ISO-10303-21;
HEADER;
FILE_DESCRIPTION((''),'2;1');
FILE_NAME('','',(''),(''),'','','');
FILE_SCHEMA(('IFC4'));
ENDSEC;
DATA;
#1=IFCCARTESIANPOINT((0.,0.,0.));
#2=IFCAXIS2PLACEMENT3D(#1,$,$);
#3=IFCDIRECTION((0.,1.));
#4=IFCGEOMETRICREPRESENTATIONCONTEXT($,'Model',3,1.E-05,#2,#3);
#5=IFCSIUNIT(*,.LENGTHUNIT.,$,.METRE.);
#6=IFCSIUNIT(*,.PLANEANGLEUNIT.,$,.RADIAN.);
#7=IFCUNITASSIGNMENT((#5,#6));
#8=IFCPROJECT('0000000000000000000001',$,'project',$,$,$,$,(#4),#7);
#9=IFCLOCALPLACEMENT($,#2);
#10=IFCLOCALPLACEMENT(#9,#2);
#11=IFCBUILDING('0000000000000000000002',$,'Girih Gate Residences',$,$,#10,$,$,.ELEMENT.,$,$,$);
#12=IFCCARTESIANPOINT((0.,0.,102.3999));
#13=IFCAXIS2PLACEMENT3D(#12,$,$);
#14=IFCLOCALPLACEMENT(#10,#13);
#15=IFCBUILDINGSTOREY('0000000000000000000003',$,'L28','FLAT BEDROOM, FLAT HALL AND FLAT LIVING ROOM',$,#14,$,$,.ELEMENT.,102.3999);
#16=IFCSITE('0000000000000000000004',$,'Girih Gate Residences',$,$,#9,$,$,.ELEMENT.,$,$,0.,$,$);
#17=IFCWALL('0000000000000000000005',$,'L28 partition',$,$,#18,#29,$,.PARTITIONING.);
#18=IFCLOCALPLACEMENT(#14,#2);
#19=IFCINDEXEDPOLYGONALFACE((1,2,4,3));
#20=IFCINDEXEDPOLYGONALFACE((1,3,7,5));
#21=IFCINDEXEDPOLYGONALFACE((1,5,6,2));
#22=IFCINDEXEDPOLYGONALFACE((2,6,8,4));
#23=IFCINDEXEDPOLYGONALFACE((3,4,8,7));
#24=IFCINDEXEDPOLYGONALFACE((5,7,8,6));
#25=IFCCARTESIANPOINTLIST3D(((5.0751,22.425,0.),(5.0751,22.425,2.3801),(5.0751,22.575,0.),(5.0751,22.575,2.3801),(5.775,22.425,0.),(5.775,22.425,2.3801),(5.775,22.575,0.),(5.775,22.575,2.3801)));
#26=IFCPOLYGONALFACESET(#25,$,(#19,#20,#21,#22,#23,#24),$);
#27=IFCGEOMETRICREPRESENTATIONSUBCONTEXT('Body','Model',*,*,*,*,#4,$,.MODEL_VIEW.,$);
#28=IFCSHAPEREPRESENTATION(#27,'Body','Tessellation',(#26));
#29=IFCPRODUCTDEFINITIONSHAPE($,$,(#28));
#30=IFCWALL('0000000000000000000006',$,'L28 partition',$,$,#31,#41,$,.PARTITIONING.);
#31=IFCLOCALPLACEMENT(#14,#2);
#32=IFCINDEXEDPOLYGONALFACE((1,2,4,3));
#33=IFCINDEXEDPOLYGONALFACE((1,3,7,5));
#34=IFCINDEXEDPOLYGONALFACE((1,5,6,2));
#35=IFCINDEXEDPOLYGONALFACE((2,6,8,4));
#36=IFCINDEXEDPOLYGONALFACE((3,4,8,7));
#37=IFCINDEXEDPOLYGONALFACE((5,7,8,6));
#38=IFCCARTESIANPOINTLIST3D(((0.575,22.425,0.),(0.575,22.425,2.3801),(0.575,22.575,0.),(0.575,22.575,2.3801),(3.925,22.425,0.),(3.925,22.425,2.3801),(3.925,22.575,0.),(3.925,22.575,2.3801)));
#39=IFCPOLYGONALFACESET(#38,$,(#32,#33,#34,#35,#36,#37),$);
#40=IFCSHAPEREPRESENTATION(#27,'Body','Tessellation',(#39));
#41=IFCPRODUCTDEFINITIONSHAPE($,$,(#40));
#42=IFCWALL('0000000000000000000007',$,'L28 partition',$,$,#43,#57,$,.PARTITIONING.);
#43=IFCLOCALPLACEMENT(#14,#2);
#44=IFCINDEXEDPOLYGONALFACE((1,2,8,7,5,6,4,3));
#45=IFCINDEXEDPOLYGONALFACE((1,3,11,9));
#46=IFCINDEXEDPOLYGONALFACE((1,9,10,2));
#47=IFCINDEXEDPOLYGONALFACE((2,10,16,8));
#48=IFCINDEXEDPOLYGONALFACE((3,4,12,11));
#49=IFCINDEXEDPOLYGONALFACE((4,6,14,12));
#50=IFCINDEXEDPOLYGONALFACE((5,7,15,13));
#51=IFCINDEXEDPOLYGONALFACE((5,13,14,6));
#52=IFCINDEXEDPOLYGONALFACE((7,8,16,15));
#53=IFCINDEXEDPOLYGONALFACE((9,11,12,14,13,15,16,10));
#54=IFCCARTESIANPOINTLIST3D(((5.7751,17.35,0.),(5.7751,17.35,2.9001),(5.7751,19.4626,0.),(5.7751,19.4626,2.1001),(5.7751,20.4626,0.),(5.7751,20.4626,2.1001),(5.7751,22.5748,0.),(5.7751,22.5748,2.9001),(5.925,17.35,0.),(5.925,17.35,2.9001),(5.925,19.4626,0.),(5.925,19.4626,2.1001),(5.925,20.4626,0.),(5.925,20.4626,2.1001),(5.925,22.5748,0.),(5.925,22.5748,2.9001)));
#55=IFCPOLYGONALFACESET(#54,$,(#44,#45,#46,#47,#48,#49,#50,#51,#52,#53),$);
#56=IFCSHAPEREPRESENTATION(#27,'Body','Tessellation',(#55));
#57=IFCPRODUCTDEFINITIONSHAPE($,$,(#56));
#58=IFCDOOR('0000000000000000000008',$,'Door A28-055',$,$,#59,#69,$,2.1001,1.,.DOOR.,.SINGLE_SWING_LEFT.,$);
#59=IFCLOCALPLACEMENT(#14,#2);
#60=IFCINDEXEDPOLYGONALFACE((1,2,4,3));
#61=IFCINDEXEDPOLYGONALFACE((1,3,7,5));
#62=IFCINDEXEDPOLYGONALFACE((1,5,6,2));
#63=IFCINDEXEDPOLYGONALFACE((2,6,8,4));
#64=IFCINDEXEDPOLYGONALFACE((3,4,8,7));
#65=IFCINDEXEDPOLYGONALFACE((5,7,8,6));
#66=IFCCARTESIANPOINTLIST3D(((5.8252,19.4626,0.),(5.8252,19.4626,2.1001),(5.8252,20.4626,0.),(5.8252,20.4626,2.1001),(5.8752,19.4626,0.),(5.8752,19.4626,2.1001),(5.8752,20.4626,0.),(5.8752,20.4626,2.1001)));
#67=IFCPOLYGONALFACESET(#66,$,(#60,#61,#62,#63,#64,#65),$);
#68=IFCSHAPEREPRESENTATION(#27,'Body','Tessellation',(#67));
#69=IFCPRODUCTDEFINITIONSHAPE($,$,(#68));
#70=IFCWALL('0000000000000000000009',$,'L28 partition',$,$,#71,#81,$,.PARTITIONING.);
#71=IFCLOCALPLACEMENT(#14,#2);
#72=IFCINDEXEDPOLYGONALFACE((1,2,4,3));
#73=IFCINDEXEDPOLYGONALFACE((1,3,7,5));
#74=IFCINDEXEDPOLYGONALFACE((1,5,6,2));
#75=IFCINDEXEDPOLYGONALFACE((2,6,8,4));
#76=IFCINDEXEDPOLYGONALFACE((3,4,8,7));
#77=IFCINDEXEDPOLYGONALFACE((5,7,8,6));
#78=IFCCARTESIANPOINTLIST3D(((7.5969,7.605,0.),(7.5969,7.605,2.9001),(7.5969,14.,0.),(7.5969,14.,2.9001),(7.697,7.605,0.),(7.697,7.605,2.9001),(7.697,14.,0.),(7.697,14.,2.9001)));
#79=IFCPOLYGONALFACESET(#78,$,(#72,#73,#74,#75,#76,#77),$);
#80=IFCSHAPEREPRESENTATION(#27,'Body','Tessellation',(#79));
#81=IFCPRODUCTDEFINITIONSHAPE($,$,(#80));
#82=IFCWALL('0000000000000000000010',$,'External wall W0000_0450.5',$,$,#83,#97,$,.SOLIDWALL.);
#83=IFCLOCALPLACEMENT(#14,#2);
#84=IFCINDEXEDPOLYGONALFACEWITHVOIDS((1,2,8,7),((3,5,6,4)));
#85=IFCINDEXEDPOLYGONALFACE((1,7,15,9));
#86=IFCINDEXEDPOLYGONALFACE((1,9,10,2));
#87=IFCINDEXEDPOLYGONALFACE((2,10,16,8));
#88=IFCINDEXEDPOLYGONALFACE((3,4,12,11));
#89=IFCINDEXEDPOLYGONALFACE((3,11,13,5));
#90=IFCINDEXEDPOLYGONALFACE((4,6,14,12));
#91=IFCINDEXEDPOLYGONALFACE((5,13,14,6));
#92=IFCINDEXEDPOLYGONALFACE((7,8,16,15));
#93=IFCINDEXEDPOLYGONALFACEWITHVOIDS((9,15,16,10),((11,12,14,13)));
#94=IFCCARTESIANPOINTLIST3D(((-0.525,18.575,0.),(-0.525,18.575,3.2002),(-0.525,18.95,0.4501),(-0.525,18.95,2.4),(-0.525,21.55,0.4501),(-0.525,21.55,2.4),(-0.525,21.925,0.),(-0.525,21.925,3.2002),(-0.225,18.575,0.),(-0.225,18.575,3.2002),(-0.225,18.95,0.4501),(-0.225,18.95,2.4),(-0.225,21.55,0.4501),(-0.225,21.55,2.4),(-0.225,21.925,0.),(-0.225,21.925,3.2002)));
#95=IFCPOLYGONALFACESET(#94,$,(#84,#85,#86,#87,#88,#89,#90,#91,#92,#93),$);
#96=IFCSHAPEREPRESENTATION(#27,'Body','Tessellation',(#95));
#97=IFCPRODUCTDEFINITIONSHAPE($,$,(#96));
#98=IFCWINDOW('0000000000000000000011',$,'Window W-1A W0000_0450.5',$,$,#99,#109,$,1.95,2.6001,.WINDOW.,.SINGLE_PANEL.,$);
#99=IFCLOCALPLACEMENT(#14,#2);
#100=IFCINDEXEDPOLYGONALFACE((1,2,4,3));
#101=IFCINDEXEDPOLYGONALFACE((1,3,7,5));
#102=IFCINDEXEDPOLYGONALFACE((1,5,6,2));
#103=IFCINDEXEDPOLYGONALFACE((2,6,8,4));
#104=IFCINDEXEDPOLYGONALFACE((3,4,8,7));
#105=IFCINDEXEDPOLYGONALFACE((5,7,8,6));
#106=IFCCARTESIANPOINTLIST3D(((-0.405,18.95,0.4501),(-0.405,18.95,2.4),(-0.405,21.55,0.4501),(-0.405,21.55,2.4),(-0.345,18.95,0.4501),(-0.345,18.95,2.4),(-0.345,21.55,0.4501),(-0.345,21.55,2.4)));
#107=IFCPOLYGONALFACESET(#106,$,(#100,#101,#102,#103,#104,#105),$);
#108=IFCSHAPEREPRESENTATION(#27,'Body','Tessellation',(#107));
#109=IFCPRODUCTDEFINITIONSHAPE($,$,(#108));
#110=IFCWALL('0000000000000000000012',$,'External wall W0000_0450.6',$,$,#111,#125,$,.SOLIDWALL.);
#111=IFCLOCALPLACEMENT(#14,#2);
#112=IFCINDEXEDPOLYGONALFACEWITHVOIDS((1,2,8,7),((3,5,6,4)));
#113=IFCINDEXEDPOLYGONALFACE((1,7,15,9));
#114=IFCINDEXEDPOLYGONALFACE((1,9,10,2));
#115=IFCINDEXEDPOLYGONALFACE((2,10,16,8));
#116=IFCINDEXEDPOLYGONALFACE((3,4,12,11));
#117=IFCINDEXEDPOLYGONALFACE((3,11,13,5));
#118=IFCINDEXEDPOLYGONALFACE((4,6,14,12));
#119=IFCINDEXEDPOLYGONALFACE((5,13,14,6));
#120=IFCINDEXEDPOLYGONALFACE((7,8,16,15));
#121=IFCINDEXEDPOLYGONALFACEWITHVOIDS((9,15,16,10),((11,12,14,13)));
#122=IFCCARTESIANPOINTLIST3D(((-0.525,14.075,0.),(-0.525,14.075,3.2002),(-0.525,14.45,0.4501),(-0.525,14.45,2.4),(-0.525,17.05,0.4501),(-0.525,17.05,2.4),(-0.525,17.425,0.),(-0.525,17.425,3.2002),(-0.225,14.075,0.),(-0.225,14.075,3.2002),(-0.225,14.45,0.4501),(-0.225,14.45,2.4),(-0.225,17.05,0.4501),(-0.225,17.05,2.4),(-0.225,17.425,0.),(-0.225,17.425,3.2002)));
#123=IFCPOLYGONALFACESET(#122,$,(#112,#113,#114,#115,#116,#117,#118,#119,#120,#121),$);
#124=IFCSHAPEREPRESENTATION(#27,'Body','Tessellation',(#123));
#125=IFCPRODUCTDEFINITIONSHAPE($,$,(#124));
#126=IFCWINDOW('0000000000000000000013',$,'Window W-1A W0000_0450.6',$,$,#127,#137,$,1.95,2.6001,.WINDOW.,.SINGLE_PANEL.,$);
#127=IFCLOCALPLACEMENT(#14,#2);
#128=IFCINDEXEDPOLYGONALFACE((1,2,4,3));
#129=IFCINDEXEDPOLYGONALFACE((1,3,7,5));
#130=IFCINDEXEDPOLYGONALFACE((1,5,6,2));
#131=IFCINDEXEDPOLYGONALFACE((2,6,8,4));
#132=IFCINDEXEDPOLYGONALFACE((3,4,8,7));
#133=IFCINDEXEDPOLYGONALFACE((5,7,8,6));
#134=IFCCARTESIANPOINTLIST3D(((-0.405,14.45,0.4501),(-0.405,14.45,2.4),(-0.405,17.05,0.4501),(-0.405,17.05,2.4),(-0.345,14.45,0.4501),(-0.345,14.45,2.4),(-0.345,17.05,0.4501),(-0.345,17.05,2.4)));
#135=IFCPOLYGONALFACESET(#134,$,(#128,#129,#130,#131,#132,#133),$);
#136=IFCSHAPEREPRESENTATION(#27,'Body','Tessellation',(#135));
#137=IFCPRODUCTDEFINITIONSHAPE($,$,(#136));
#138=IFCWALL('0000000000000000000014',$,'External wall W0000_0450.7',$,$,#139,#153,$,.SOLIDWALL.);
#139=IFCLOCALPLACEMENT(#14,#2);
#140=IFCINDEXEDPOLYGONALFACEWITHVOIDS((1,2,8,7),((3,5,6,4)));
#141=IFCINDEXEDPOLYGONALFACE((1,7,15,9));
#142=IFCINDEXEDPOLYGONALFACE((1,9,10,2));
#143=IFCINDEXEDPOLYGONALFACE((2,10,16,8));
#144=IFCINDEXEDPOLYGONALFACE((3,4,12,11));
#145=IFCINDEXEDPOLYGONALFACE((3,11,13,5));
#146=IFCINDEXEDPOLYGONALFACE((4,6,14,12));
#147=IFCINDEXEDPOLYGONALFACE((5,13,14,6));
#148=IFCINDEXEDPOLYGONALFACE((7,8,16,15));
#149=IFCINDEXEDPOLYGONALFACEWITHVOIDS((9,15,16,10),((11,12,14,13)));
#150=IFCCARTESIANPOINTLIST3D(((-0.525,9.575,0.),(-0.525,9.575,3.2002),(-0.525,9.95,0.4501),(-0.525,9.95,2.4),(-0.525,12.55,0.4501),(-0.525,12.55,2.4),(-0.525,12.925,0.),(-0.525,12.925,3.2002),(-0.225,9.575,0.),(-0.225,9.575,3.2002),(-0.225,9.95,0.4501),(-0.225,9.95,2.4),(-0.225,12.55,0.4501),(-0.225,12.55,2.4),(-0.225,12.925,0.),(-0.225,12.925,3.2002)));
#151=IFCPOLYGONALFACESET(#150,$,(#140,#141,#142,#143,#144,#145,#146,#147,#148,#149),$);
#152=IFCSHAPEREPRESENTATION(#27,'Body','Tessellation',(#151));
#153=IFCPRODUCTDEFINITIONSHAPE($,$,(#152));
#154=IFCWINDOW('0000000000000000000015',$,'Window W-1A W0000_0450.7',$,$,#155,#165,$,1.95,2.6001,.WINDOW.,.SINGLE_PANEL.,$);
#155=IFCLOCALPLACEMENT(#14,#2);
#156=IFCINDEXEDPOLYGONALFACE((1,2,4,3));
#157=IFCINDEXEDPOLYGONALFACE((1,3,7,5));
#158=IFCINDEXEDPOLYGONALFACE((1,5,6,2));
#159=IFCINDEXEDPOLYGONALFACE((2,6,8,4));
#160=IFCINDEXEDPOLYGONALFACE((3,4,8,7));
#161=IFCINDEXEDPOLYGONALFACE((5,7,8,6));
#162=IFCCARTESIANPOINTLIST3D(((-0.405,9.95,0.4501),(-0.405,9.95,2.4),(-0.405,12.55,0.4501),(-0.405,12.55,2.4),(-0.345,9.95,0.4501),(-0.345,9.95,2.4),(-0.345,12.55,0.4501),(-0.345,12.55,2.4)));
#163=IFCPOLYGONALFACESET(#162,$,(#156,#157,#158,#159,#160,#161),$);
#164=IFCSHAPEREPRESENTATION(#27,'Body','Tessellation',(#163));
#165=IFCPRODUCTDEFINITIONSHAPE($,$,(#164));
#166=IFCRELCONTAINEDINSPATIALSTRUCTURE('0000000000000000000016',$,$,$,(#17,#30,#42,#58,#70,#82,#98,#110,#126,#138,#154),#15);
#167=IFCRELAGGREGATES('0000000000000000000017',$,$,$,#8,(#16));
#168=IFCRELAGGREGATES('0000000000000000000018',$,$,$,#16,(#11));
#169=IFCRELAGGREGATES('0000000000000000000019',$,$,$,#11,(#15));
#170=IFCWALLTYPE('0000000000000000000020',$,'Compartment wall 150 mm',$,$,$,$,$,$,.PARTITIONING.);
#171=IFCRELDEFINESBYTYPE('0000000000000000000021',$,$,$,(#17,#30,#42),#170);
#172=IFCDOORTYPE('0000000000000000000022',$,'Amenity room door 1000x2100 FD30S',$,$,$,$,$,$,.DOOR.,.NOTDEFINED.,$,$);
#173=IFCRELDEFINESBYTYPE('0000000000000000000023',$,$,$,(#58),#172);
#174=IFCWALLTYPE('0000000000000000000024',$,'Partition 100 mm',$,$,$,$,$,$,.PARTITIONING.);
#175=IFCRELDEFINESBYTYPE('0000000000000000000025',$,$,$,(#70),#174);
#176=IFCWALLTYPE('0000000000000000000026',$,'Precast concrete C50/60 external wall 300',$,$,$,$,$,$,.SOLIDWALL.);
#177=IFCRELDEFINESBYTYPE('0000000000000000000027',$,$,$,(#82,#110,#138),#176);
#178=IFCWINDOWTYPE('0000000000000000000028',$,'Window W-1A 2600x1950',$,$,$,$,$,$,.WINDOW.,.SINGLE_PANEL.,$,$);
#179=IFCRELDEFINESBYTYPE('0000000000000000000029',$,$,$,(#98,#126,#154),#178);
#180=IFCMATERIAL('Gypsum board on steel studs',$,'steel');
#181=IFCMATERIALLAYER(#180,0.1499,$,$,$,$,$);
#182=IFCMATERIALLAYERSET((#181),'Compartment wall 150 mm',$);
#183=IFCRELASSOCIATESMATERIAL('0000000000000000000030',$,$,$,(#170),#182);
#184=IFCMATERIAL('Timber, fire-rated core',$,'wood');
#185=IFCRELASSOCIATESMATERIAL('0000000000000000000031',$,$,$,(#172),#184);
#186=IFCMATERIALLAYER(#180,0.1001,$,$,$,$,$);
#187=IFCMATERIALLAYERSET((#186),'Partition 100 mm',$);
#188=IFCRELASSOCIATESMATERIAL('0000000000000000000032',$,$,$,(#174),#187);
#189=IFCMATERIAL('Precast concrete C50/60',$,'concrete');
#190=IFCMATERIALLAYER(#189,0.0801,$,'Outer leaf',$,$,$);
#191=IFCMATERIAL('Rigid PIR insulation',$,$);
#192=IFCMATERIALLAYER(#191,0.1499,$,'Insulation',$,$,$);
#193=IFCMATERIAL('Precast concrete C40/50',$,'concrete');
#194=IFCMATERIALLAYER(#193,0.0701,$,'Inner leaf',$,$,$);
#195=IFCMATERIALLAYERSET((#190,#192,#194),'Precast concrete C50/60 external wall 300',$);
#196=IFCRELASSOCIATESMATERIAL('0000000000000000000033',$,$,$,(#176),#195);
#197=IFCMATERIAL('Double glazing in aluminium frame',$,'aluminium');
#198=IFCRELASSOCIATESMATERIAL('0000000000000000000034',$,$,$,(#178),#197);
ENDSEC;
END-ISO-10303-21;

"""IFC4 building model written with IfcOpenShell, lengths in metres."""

from ifc_helpers import new_model, si_unit, direction, frame, frame_2d, origin, place, context, subcontext, project, spatial, rectangle, extrude, material, layer, layer_set, type_object, element, fill, save


model = new_model("IFC4")

# Units and contexts
model_context = context("Model", 3, precision=1e-05, world=origin(), true_north=direction((0.0, 1.0)))
body_context = subcontext(model_context, "Body", "Model", "MODEL_VIEW")
ifc_project = project(units=[si_unit("LENGTHUNIT", "METRE"), si_unit("PLANEANGLEUNIT", "RADIAN")], contexts=[model_context])

# Site, building, storey
site_placement = place(None, origin())
site = spatial("IfcSite", under=ifc_project, at=site_placement, Name="Girih Gate Residences", CompositionType="ELEMENT", RefElevation=0.0)
building_placement = place(site_placement, origin())
building = spatial("IfcBuilding", under=site, at=building_placement, Name="Girih Gate Residences", CompositionType="ELEMENT")
storey_placement = place(building_placement, frame((0.0, 0.0, 102.3999)))
storey = spatial("IfcBuildingStorey", under=building, at=storey_placement, Name="L28", Description="FLAT BEDROOM, FLAT HALL AND FLAT LIVING ROOM", CompositionType="ELEMENT", Elevation=102.3999)

# Shared definitions
ifc_material_1 = material(Name="Gypsum board on steel studs", Category="steel")
ifc_layer_1 = layer(ifc_material_1, 0.1499)
ifc_layer_set_1 = layer_set([ifc_layer_1], Name="Compartment wall 150 mm")
wall_type_1 = type_object("IfcWallType", Name="Compartment wall 150 mm", PredefinedType="PARTITIONING", material=ifc_layer_set_1)

# Walls
wall_1_placement = place(storey_placement, frame((5.075, 22.5, 0.0), z_axis=(0.0, 0.0, 1.0), x_axis=(1.0, 0.0, 0.0)))
element("IfcWall", 1, at=wall_1_placement, inside=storey, type_object=wall_type_1, Name="L28 partition", PredefinedType="PARTITIONING", context=body_context, shape_type="SweptSolid", body=[
    extrude(rectangle(XDim=0.7, YDim=0.1499, at=frame_2d((0.3501, 0.0))), origin(), (0.0, 0.0, 1.0), 2.3801),
])
wall_2_placement = place(storey_placement, frame((0.575, 22.5, 0.0), z_axis=(0.0, 0.0, 1.0), x_axis=(1.0, 0.0, 0.0)))
element("IfcWall", 2, at=wall_2_placement, inside=storey, type_object=wall_type_1, Name="L28 partition", PredefinedType="PARTITIONING", context=body_context, shape_type="SweptSolid", body=[
    extrude(rectangle(XDim=3.3501, YDim=0.1499, at=frame_2d((1.675, 0.0))), origin(), (0.0, 0.0, 1.0), 2.3801),
])

# Wall, opening, door
wall_3_placement = place(storey_placement, frame((5.8501, 17.3501, 0.0), z_axis=(0.0, 0.0, 1.0), x_axis=(0.0, 1.0, 0.0)))
wall_3 = element("IfcWall", 3, at=wall_3_placement, inside=storey, type_object=wall_type_1, Name="L28 partition", PredefinedType="PARTITIONING", context=body_context, shape_type="SweptSolid", body=[
    extrude(rectangle(XDim=5.2249, YDim=0.1499, at=frame_2d((2.6123, 0.0))), origin(), (0.0, 0.0, 1.0), 2.9001),
])
opening_1_placement = place(wall_3_placement, frame((2.1125, 0.0, 0.0)))
opening_1 = element("IfcOpeningElement", 4, at=opening_1_placement, cuts=wall_3, PredefinedType="OPENING", context=body_context, shape_type="SweptSolid", body=[
    extrude(rectangle(XDim=1.0, YDim=2.1001, at=frame_2d((0.5, 1.05))), frame((0.0, 0.085, 0.0), z_axis=(0.0, -1.0, 0.0), x_axis=(1.0, 0.0, 0.0)), (0.0, 0.0, 1.0), 0.1699),
])
ifc_material_2 = material(Name="Timber, fire-rated core", Category="wood")
door_type_1 = type_object("IfcDoorType", Name="Amenity room door 1000x2100 FD30S", OperationType="NOTDEFINED", PredefinedType="DOOR", material=ifc_material_2)
door_1_placement = place(opening_1_placement, origin())
door_1 = element("IfcDoor", 5, at=door_1_placement, inside=storey, type_object=door_type_1, Name="Door A28-055", OperationType="SINGLE_SWING_LEFT", OverallHeight=2.1001, OverallWidth=1.0, PredefinedType="DOOR", context=body_context, shape_type="SweptSolid", body=[
    extrude(rectangle(XDim=1.0, YDim=2.1001, at=frame_2d((0.5, 1.05))), frame((0.0, 0.0249, 0.0), z_axis=(0.0, -1.0, 0.0), x_axis=(1.0, 0.0, 0.0)), (0.0, 0.0, 1.0), 0.05),
])
fill(opening_1, door_1)

# Wall
ifc_layer_2 = layer(ifc_material_1, 0.1001)
ifc_layer_set_2 = layer_set([ifc_layer_2], Name="Partition 100 mm")
wall_type_2 = type_object("IfcWallType", Name="Partition 100 mm", PredefinedType="PARTITIONING", material=ifc_layer_set_2)
wall_4_placement = place(storey_placement, frame((7.647, 7.605, 0.0), z_axis=(0.0, 0.0, 1.0), x_axis=(0.0, 1.0, 0.0)))
element("IfcWall", 6, at=wall_4_placement, inside=storey, type_object=wall_type_2, Name="L28 partition", PredefinedType="PARTITIONING", context=body_context, shape_type="SweptSolid", body=[
    extrude(rectangle(XDim=6.395, YDim=0.1001, at=frame_2d((3.1975, 0.0))), origin(), (0.0, 0.0, 1.0), 2.9001),
])

# Walls, openings, windows
ifc_material_3 = material(Name="Precast concrete C50/60", Category="concrete")
ifc_layer_3 = layer(ifc_material_3, 0.0801, Name="Outer leaf")
ifc_material_4 = material(Name="Rigid PIR insulation")
ifc_layer_4 = layer(ifc_material_4, 0.1499, Name="Insulation")
ifc_material_5 = material(Name="Precast concrete C40/50", Category="concrete")
ifc_layer_5 = layer(ifc_material_5, 0.0701, Name="Inner leaf")
ifc_layer_set_3 = layer_set([ifc_layer_3, ifc_layer_4, ifc_layer_5], Name="Precast concrete C50/60 external wall 300")
wall_type_3 = type_object("IfcWallType", Name="Precast concrete C50/60 external wall 300", PredefinedType="SOLIDWALL", material=ifc_layer_set_3)
wall_5_placement = place(storey_placement, frame((-0.375, 18.575, 0.0), z_axis=(0.0, 0.0, 1.0), x_axis=(0.0, 1.0, 0.0)))
wall_5 = element("IfcWall", 7, at=wall_5_placement, inside=storey, type_object=wall_type_3, Name="External wall W0000_0450.5", PredefinedType="SOLIDWALL", context=body_context, shape_type="SweptSolid", body=[
    extrude(rectangle(XDim=3.3501, YDim=0.3, at=frame_2d((1.675, 0.0))), origin(), (0.0, 0.0, 1.0), 3.2002),
])
opening_2_placement = place(wall_5_placement, frame((0.375, 0.0, 0.45)))
opening_2 = element("IfcOpeningElement", 8, at=opening_2_placement, cuts=wall_5, PredefinedType="OPENING", context=body_context, shape_type="SweptSolid", body=[
    extrude(rectangle(XDim=2.6001, YDim=1.95, at=frame_2d((1.3, 0.9751))), frame((0.0, 0.1599, 0.0), z_axis=(0.0, -1.0, 0.0), x_axis=(1.0, 0.0, 0.0)), (0.0, 0.0, 1.0), 0.3201),
])
ifc_material_6 = material(Name="Double glazing in aluminium frame", Category="aluminium")
window_type = type_object("IfcWindowType", Name="Window W-1A 2600x1950", PartitioningType="SINGLE_PANEL", PredefinedType="WINDOW", material=ifc_material_6)
window_1_placement = place(opening_2_placement, origin())
window_1 = element("IfcWindow", 9, at=window_1_placement, inside=storey, type_object=window_type, Name="Window W-1A W0000_0450.5", OverallHeight=1.95, OverallWidth=2.6001, PartitioningType="SINGLE_PANEL", PredefinedType="WINDOW", context=body_context, shape_type="SweptSolid", body=[
    extrude(rectangle(XDim=2.6001, YDim=1.95, at=frame_2d((1.3, 0.9751))), frame((0.0, 0.03, 0.0), z_axis=(0.0, -1.0, 0.0), x_axis=(1.0, 0.0, 0.0)), (0.0, 0.0, 1.0), 0.0601),
])
fill(opening_2, window_1)
wall_6_placement = place(storey_placement, frame((-0.375, 14.075, 0.0), z_axis=(0.0, 0.0, 1.0), x_axis=(0.0, 1.0, 0.0)))
wall_6 = element("IfcWall", 10, at=wall_6_placement, inside=storey, type_object=wall_type_3, Name="External wall W0000_0450.6", PredefinedType="SOLIDWALL", context=body_context, shape_type="SweptSolid", body=[
    extrude(rectangle(XDim=3.3501, YDim=0.3, at=frame_2d((1.675, 0.0))), origin(), (0.0, 0.0, 1.0), 3.2002),
])
opening_3_placement = place(wall_6_placement, frame((0.375, 0.0, 0.45)))
opening_3 = element("IfcOpeningElement", 11, at=opening_3_placement, cuts=wall_6, PredefinedType="OPENING", context=body_context, shape_type="SweptSolid", body=[
    extrude(rectangle(XDim=2.6001, YDim=1.95, at=frame_2d((1.3, 0.9751))), frame((0.0, 0.1599, 0.0), z_axis=(0.0, -1.0, 0.0), x_axis=(1.0, 0.0, 0.0)), (0.0, 0.0, 1.0), 0.3201),
])
window_2_placement = place(opening_3_placement, origin())
window_2 = element("IfcWindow", 12, at=window_2_placement, inside=storey, type_object=window_type, Name="Window W-1A W0000_0450.6", OverallHeight=1.95, OverallWidth=2.6001, PartitioningType="SINGLE_PANEL", PredefinedType="WINDOW", context=body_context, shape_type="SweptSolid", body=[
    extrude(rectangle(XDim=2.6001, YDim=1.95, at=frame_2d((1.3, 0.9751))), frame((0.0, 0.03, 0.0), z_axis=(0.0, -1.0, 0.0), x_axis=(1.0, 0.0, 0.0)), (0.0, 0.0, 1.0), 0.0601),
])
fill(opening_3, window_2)
wall_7_placement = place(storey_placement, frame((-0.375, 9.575, 0.0), z_axis=(0.0, 0.0, 1.0), x_axis=(0.0, 1.0, 0.0)))
wall_7 = element("IfcWall", 13, at=wall_7_placement, inside=storey, type_object=wall_type_3, Name="External wall W0000_0450.7", PredefinedType="SOLIDWALL", context=body_context, shape_type="SweptSolid", body=[
    extrude(rectangle(XDim=3.3501, YDim=0.3, at=frame_2d((1.675, 0.0))), origin(), (0.0, 0.0, 1.0), 3.2002),
])
opening_4_placement = place(wall_7_placement, frame((0.375, 0.0, 0.45)))
opening_4 = element("IfcOpeningElement", 14, at=opening_4_placement, cuts=wall_7, PredefinedType="OPENING", context=body_context, shape_type="SweptSolid", body=[
    extrude(rectangle(XDim=2.6001, YDim=1.95, at=frame_2d((1.3, 0.9751))), frame((0.0, 0.1599, 0.0), z_axis=(0.0, -1.0, 0.0), x_axis=(1.0, 0.0, 0.0)), (0.0, 0.0, 1.0), 0.3201),
])
window_3_placement = place(opening_4_placement, origin())
window_3 = element("IfcWindow", 15, at=window_3_placement, inside=storey, type_object=window_type, Name="Window W-1A W0000_0450.7", OverallHeight=1.95, OverallWidth=2.6001, PartitioningType="SINGLE_PANEL", PredefinedType="WINDOW", context=body_context, shape_type="SweptSolid", body=[
    extrude(rectangle(XDim=2.6001, YDim=1.95, at=frame_2d((1.3, 0.9751))), frame((0.0, 0.03, 0.0), z_axis=(0.0, -1.0, 0.0), x_axis=(1.0, 0.0, 0.0)), (0.0, 0.0, 1.0), 0.0601),
])
fill(opening_4, window_3)

save(model, "model.ifc")
